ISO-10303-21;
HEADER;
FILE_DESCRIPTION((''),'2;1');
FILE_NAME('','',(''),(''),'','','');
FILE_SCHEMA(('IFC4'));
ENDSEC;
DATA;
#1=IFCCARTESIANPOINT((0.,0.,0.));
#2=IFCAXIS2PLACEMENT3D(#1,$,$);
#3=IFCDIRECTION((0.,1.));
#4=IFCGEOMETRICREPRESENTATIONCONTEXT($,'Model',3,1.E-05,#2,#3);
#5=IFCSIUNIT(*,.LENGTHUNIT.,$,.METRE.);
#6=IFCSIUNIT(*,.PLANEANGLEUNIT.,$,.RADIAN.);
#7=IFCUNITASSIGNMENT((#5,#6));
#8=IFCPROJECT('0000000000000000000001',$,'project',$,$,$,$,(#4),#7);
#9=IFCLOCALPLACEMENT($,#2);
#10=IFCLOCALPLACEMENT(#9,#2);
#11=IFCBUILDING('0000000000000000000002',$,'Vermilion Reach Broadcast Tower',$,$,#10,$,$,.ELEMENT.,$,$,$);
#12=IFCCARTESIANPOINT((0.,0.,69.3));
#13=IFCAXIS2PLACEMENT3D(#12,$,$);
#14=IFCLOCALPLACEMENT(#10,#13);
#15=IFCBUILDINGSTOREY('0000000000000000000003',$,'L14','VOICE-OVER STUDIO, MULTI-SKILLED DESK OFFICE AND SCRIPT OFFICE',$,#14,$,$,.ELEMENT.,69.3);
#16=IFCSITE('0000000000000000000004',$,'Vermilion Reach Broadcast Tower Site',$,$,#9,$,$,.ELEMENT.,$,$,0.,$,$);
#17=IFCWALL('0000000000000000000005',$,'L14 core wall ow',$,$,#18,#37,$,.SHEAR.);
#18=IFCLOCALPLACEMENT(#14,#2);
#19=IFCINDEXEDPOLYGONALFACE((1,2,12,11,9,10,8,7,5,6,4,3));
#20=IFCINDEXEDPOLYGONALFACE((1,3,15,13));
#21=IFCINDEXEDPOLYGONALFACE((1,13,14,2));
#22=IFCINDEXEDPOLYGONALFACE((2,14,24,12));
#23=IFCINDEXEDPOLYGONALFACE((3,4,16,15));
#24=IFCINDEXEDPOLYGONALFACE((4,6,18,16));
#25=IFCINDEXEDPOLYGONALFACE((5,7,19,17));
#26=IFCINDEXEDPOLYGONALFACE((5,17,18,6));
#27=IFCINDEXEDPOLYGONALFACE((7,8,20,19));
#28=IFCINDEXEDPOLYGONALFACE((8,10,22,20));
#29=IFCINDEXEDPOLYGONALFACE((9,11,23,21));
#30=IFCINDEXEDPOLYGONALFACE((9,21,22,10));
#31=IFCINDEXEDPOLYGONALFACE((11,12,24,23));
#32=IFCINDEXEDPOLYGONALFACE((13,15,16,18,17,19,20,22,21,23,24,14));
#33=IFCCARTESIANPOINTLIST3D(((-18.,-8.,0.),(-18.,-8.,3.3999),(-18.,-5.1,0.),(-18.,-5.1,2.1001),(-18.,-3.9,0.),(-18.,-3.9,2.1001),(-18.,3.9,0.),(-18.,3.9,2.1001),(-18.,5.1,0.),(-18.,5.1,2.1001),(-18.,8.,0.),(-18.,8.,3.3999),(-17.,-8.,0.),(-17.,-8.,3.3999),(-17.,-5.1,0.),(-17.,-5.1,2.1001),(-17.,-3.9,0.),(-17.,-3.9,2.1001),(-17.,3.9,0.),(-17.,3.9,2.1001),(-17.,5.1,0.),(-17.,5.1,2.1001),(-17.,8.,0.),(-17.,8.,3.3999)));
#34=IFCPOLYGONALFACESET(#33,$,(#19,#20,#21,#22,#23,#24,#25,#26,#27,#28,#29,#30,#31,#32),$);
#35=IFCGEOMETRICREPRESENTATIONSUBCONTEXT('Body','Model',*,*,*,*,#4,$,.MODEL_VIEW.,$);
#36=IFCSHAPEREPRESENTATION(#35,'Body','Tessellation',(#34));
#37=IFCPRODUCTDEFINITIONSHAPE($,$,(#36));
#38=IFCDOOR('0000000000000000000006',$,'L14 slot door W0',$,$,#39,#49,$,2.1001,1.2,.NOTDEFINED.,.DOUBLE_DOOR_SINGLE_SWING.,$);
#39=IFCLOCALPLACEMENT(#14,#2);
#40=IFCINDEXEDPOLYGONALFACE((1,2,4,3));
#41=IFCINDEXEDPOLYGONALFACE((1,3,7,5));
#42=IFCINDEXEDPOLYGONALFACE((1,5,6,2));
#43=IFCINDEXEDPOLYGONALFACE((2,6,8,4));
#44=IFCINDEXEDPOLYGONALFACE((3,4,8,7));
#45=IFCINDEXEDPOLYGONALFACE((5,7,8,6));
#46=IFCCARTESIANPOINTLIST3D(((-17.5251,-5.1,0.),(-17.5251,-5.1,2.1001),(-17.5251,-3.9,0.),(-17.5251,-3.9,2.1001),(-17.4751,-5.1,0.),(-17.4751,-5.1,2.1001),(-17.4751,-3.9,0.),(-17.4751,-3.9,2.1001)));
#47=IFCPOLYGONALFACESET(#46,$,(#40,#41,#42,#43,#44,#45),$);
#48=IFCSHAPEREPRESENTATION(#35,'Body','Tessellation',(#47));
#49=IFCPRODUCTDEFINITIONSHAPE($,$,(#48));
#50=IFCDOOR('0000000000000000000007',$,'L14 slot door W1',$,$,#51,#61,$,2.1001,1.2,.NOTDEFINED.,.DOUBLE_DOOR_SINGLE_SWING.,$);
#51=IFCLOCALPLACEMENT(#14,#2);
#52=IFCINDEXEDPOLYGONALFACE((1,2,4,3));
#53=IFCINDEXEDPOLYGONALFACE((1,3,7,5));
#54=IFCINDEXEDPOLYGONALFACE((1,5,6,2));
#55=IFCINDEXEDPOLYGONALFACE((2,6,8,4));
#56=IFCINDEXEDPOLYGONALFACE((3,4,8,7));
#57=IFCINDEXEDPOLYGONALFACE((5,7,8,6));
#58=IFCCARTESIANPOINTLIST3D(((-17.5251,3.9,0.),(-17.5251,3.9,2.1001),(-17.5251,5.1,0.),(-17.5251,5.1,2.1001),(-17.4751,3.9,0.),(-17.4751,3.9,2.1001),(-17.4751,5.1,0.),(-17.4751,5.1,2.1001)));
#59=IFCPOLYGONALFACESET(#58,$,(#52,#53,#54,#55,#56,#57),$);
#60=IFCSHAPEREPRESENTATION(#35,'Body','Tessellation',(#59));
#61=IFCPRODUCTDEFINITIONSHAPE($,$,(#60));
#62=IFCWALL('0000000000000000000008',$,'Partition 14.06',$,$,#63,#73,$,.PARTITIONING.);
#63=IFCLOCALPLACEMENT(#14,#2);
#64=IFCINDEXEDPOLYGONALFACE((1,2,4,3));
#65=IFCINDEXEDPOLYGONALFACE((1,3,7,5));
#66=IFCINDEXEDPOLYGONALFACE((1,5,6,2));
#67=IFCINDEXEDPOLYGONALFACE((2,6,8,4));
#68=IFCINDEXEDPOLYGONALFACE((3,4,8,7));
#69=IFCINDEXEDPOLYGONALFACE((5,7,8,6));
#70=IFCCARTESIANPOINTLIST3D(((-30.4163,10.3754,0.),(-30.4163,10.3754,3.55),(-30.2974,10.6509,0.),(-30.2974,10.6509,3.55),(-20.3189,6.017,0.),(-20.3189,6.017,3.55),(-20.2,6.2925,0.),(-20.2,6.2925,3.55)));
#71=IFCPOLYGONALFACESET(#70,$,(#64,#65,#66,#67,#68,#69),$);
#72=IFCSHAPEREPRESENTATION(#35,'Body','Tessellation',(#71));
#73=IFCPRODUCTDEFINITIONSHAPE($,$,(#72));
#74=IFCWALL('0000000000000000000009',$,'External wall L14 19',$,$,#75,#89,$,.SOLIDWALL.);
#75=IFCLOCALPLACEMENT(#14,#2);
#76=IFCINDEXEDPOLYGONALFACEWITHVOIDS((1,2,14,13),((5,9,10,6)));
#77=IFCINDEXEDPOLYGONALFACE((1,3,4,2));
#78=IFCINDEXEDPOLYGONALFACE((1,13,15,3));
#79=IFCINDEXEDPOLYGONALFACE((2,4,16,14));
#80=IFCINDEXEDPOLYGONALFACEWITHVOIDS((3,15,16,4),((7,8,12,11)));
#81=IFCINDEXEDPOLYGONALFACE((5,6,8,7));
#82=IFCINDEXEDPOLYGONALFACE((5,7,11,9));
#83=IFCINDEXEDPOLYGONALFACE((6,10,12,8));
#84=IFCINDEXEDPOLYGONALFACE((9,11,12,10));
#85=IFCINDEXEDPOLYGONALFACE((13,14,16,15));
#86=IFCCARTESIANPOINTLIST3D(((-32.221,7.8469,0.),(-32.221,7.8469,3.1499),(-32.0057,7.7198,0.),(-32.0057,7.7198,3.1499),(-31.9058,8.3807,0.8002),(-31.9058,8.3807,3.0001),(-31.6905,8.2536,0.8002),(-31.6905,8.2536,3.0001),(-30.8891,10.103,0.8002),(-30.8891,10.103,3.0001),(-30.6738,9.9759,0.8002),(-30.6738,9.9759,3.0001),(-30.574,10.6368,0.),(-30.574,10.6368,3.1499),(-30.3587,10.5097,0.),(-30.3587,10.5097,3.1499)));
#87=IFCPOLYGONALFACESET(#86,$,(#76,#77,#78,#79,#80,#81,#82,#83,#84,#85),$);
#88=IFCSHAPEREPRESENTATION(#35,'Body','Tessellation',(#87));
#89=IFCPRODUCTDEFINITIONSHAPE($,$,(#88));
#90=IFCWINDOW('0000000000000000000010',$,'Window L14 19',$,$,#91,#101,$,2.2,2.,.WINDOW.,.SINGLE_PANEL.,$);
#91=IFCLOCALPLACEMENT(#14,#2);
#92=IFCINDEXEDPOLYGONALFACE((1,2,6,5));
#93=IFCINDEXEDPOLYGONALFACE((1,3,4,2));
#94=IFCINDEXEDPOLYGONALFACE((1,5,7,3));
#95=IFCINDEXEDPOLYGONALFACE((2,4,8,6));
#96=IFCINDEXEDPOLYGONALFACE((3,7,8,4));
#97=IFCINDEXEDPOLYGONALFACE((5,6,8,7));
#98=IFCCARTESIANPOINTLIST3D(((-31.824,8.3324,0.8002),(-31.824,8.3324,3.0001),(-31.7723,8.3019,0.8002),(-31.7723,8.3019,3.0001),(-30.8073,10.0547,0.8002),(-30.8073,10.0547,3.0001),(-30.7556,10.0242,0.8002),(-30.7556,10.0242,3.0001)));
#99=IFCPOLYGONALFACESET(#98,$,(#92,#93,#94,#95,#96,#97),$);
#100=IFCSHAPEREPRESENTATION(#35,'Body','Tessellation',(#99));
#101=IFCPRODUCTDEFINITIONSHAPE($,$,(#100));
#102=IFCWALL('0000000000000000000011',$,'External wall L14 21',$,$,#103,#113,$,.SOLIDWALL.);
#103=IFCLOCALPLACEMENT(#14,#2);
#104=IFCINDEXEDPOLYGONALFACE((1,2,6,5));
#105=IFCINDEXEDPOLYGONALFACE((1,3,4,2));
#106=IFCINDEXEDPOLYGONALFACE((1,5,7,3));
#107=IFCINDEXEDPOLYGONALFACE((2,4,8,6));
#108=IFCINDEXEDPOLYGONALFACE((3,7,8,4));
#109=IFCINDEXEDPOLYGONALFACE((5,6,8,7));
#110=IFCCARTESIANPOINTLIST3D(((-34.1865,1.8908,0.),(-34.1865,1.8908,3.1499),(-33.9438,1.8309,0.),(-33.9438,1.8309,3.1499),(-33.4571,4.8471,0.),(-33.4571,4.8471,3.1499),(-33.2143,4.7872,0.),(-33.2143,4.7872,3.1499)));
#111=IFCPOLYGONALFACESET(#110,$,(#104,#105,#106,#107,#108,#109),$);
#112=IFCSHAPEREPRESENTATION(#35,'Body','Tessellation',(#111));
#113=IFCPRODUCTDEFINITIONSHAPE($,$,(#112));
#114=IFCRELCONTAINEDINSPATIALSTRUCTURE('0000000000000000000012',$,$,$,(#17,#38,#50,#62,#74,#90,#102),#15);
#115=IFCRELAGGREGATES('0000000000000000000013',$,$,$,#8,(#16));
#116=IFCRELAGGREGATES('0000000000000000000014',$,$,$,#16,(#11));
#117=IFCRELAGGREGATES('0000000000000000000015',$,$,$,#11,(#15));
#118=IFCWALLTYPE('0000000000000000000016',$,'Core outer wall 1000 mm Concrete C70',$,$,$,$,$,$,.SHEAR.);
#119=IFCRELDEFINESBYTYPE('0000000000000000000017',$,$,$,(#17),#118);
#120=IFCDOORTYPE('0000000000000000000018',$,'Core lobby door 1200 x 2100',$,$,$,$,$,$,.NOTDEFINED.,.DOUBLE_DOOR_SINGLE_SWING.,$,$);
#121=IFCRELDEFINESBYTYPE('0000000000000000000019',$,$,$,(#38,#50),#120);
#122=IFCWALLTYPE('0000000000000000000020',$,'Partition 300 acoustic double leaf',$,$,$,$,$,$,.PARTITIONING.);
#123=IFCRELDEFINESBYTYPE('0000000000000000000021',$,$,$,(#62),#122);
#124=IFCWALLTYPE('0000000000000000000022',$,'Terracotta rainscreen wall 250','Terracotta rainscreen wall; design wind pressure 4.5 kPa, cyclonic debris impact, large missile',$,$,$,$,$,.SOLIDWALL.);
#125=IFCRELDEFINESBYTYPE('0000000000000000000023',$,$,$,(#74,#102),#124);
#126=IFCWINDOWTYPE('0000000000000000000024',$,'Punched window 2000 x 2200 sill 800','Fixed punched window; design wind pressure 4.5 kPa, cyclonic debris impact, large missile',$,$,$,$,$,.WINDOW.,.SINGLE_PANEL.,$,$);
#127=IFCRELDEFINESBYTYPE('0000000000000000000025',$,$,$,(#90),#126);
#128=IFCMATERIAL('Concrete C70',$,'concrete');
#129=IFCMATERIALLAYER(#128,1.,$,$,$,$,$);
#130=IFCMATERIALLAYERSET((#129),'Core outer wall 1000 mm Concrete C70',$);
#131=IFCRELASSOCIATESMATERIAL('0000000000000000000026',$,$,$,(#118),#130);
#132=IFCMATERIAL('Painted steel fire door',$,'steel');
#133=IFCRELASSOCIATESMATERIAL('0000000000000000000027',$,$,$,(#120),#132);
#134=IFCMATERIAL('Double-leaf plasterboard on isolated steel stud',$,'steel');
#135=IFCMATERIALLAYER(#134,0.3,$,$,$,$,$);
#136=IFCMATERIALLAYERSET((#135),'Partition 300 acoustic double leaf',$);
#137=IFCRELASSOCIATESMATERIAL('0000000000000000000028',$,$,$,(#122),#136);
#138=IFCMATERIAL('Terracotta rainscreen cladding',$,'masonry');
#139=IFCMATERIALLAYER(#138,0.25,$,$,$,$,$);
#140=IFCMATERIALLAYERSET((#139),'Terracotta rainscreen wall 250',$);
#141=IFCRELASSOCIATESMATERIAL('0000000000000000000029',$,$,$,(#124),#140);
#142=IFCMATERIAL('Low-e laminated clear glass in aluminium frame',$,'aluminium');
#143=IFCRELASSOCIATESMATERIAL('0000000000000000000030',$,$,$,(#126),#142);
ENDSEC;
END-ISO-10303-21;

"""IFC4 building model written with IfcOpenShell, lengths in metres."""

from ifc_helpers import new_model, si_unit, direction, frame, frame_2d, origin, place, context, subcontext, project, spatial, rectangle, extrude, material, layer, layer_set, type_object, element, fill, save


model = new_model("IFC4")

# Units and contexts
model_context = context("Model", 3, precision=1e-05, world=origin(), true_north=direction((0.0, 1.0)))
body_context = subcontext(model_context, "Body", "Model", "MODEL_VIEW")
ifc_project = project(units=[si_unit("LENGTHUNIT", "METRE"), si_unit("PLANEANGLEUNIT", "RADIAN")], contexts=[model_context])

# Site, building, storey
site_placement = place(None, origin())
site = spatial("IfcSite", under=ifc_project, at=site_placement, Name="Vermilion Reach Broadcast Tower Site", CompositionType="ELEMENT", RefElevation=0.0)
building_placement = place(site_placement, origin())
building = spatial("IfcBuilding", under=site, at=building_placement, Name="Vermilion Reach Broadcast Tower", CompositionType="ELEMENT")
storey_placement = place(building_placement, frame((0.0, 0.0, 69.3)))
storey = spatial("IfcBuildingStorey", under=building, at=storey_placement, Name="L14", Description="VOICE-OVER STUDIO, MULTI-SKILLED DESK OFFICE AND SCRIPT OFFICE", CompositionType="ELEMENT", Elevation=69.3)

# Wall, openings, doors
ifc_material_1 = material(Name="Concrete C70", Category="concrete")
ifc_layer_1 = layer(ifc_material_1, 1.0)
ifc_layer_set_1 = layer_set([ifc_layer_1], Name="Core outer wall 1000 mm Concrete C70")
wall_type_1 = type_object("IfcWallType", Name="Core outer wall 1000 mm Concrete C70", PredefinedType="SHEAR", material=ifc_layer_set_1)
wall_1_placement = place(storey_placement, frame((-17.5, 8.0, 0.0), z_axis=(0.0, 0.0, 1.0), x_axis=(0.0, -1.0, 0.0)))
wall_1 = element("IfcWall", 1, at=wall_1_placement, inside=storey, type_object=wall_type_1, Name="L14 core wall ow", PredefinedType="SHEAR", context=body_context, shape_type="SweptSolid", body=[
    extrude(rectangle(XDim=16.0, YDim=1.0, at=frame_2d((8.0, 0.0))), origin(), (0.0, 0.0, 1.0), 3.3999),
])
opening_1_placement = place(wall_1_placement, frame((11.8999, 0.0, 0.0)))
opening_1 = element("IfcOpeningElement", 2, at=opening_1_placement, cuts=wall_1, PredefinedType="OPENING", context=body_context, shape_type="SweptSolid", body=[
    extrude(rectangle(XDim=1.2, YDim=2.1001, at=frame_2d((0.6001, 1.05))), frame((0.0, 0.51, 0.0), z_axis=(0.0, -1.0, 0.0), x_axis=(1.0, 0.0, 0.0)), (0.0, 0.0, 1.0), 1.02),
])
opening_2_placement = place(wall_1_placement, frame((2.8999, 0.0, 0.0)))
opening_2 = element("IfcOpeningElement", 3, at=opening_2_placement, cuts=wall_1, PredefinedType="OPENING", context=body_context, shape_type="SweptSolid", body=[
    extrude(rectangle(XDim=1.2, YDim=2.1001, at=frame_2d((0.6001, 1.05))), frame((0.0, 0.51, 0.0), z_axis=(0.0, -1.0, 0.0), x_axis=(1.0, 0.0, 0.0)), (0.0, 0.0, 1.0), 1.02),
])
ifc_material_2 = material(Name="Painted steel fire door", Category="steel")
door_type_1 = type_object("IfcDoorType", Name="Core lobby door 1200 x 2100", OperationType="DOUBLE_DOOR_SINGLE_SWING", PredefinedType="NOTDEFINED", material=ifc_material_2)
door_1_placement = place(opening_1_placement, origin())
door_1 = element("IfcDoor", 4, at=door_1_placement, inside=storey, type_object=door_type_1, Name="L14 slot door W0", OperationType="DOUBLE_DOOR_SINGLE_SWING", OverallHeight=2.1001, OverallWidth=1.2, PredefinedType="NOTDEFINED", context=body_context, shape_type="SweptSolid", body=[
    extrude(rectangle(XDim=1.2, YDim=2.1001, at=frame_2d((0.6001, 1.05))), frame((0.0, 0.0249, 0.0), z_axis=(0.0, -1.0, 0.0), x_axis=(1.0, 0.0, 0.0)), (0.0, 0.0, 1.0), 0.05),
])
fill(opening_1, door_1)
door_2_placement = place(opening_2_placement, origin())
door_2 = element("IfcDoor", 5, at=door_2_placement, inside=storey, type_object=door_type_1, Name="L14 slot door W1", OperationType="DOUBLE_DOOR_SINGLE_SWING", OverallHeight=2.1001, OverallWidth=1.2, PredefinedType="NOTDEFINED", context=body_context, shape_type="SweptSolid", body=[
    extrude(rectangle(XDim=1.2, YDim=2.1001, at=frame_2d((0.6001, 1.05))), frame((0.0, 0.0249, 0.0), z_axis=(0.0, -1.0, 0.0), x_axis=(1.0, 0.0, 0.0)), (0.0, 0.0, 1.0), 0.05),
])
fill(opening_2, door_2)

# Wall
ifc_material_3 = material(Name="Double-leaf plasterboard on isolated steel stud", Category="steel")
ifc_layer_2 = layer(ifc_material_3, 0.3)
ifc_layer_set_2 = layer_set([ifc_layer_2], Name="Partition 300 acoustic double leaf")
wall_type_2 = type_object("IfcWallType", Name="Partition 300 acoustic double leaf", PredefinedType="PARTITIONING", material=ifc_layer_set_2)
wall_2_placement = place(storey_placement, frame((-30.3569, 10.5132, 0.0), z_axis=(0.0, 0.0, 1.0), x_axis=(0.918123, -0.396294, 0.0)))
element("IfcWall", 6, at=wall_2_placement, inside=storey, type_object=wall_type_2, Name="Partition 14.06", PredefinedType="PARTITIONING", context=body_context, shape_type="SweptSolid", body=[
    extrude(rectangle(XDim=10.9978, YDim=0.3, at=frame_2d((5.499, 0.0))), origin(), (0.0, 0.0, 1.0), 3.55),
])

# Wall, opening, window
ifc_material_4 = material(Name="Terracotta rainscreen cladding", Category="masonry")
ifc_layer_3 = layer(ifc_material_4, 0.25)
ifc_layer_set_3 = layer_set([ifc_layer_3], Name="Terracotta rainscreen wall 250")
wall_type_3 = type_object("IfcWallType", Name="Terracotta rainscreen wall 250", Description="Terracotta rainscreen wall; design wind pressure 4.5 kPa, cyclonic debris impact, large missile", PredefinedType="SOLIDWALL", material=ifc_layer_set_3)
wall_3_placement = place(storey_placement, frame((-30.4663, 10.5732, 0.0), z_axis=(0.0, 0.0, 1.0), x_axis=(-0.508376, -0.861135, 0.0)))
wall_3 = element("IfcWall", 7, at=wall_3_placement, inside=storey, type_object=wall_type_3, Name="External wall L14 19", PredefinedType="SOLIDWALL", context=body_context, shape_type="SweptSolid", body=[
    extrude(rectangle(XDim=3.2397, YDim=0.25, at=frame_2d((1.6199, 0.0))), origin(), (0.0, 0.0, 1.0), 3.1499),
])
opening_3_placement = place(wall_3_placement, frame((0.6199, 0.0, 0.8)))
opening_3 = element("IfcOpeningElement", 8, at=opening_3_placement, cuts=wall_3, PredefinedType="OPENING", context=body_context, shape_type="SweptSolid", body=[
    extrude(rectangle(XDim=2.0, YDim=2.2, at=frame_2d((1.0, 1.1001))), frame((0.0, 0.135, 0.0), z_axis=(0.0, -1.0, 0.0), x_axis=(1.0, 0.0, 0.0)), (0.0, 0.0, 1.0), 0.27),
])
ifc_material_5 = material(Name="Low-e laminated clear glass in aluminium frame", Category="aluminium")
window_type = type_object("IfcWindowType", Name="Punched window 2000 x 2200 sill 800", Description="Fixed punched window; design wind pressure 4.5 kPa, cyclonic debris impact, large missile", PartitioningType="SINGLE_PANEL", PredefinedType="WINDOW", material=ifc_material_5)
window_placement = place(opening_3_placement, origin())
window = element("IfcWindow", 9, at=window_placement, inside=storey, type_object=window_type, Name="Window L14 19", OverallHeight=2.2, OverallWidth=2.0, PartitioningType="SINGLE_PANEL", PredefinedType="WINDOW", context=body_context, shape_type="SweptSolid", body=[
    extrude(rectangle(XDim=2.0, YDim=2.2, at=frame_2d((1.0, 1.1001))), frame((0.0, 0.03, 0.0), z_axis=(0.0, -1.0, 0.0), x_axis=(1.0, 0.0, 0.0)), (0.0, 0.0, 1.0), 0.0601),
])
fill(opening_3, window)

# Wall
wall_4_placement = place(storey_placement, frame((-33.3357, 4.8171, 0.0), z_axis=(0.0, 0.0, 1.0), x_axis=(-0.239573, -0.970878, 0.0)))
element("IfcWall", 10, at=wall_4_placement, inside=storey, type_object=wall_type_3, Name="External wall L14 21", PredefinedType="SOLIDWALL", context=body_context, shape_type="SweptSolid", body=[
    extrude(rectangle(XDim=3.0449, YDim=0.25, at=frame_2d((1.5225, 0.0))), origin(), (0.0, 0.0, 1.0), 3.1499),
])

save(model, "model.ifc")
